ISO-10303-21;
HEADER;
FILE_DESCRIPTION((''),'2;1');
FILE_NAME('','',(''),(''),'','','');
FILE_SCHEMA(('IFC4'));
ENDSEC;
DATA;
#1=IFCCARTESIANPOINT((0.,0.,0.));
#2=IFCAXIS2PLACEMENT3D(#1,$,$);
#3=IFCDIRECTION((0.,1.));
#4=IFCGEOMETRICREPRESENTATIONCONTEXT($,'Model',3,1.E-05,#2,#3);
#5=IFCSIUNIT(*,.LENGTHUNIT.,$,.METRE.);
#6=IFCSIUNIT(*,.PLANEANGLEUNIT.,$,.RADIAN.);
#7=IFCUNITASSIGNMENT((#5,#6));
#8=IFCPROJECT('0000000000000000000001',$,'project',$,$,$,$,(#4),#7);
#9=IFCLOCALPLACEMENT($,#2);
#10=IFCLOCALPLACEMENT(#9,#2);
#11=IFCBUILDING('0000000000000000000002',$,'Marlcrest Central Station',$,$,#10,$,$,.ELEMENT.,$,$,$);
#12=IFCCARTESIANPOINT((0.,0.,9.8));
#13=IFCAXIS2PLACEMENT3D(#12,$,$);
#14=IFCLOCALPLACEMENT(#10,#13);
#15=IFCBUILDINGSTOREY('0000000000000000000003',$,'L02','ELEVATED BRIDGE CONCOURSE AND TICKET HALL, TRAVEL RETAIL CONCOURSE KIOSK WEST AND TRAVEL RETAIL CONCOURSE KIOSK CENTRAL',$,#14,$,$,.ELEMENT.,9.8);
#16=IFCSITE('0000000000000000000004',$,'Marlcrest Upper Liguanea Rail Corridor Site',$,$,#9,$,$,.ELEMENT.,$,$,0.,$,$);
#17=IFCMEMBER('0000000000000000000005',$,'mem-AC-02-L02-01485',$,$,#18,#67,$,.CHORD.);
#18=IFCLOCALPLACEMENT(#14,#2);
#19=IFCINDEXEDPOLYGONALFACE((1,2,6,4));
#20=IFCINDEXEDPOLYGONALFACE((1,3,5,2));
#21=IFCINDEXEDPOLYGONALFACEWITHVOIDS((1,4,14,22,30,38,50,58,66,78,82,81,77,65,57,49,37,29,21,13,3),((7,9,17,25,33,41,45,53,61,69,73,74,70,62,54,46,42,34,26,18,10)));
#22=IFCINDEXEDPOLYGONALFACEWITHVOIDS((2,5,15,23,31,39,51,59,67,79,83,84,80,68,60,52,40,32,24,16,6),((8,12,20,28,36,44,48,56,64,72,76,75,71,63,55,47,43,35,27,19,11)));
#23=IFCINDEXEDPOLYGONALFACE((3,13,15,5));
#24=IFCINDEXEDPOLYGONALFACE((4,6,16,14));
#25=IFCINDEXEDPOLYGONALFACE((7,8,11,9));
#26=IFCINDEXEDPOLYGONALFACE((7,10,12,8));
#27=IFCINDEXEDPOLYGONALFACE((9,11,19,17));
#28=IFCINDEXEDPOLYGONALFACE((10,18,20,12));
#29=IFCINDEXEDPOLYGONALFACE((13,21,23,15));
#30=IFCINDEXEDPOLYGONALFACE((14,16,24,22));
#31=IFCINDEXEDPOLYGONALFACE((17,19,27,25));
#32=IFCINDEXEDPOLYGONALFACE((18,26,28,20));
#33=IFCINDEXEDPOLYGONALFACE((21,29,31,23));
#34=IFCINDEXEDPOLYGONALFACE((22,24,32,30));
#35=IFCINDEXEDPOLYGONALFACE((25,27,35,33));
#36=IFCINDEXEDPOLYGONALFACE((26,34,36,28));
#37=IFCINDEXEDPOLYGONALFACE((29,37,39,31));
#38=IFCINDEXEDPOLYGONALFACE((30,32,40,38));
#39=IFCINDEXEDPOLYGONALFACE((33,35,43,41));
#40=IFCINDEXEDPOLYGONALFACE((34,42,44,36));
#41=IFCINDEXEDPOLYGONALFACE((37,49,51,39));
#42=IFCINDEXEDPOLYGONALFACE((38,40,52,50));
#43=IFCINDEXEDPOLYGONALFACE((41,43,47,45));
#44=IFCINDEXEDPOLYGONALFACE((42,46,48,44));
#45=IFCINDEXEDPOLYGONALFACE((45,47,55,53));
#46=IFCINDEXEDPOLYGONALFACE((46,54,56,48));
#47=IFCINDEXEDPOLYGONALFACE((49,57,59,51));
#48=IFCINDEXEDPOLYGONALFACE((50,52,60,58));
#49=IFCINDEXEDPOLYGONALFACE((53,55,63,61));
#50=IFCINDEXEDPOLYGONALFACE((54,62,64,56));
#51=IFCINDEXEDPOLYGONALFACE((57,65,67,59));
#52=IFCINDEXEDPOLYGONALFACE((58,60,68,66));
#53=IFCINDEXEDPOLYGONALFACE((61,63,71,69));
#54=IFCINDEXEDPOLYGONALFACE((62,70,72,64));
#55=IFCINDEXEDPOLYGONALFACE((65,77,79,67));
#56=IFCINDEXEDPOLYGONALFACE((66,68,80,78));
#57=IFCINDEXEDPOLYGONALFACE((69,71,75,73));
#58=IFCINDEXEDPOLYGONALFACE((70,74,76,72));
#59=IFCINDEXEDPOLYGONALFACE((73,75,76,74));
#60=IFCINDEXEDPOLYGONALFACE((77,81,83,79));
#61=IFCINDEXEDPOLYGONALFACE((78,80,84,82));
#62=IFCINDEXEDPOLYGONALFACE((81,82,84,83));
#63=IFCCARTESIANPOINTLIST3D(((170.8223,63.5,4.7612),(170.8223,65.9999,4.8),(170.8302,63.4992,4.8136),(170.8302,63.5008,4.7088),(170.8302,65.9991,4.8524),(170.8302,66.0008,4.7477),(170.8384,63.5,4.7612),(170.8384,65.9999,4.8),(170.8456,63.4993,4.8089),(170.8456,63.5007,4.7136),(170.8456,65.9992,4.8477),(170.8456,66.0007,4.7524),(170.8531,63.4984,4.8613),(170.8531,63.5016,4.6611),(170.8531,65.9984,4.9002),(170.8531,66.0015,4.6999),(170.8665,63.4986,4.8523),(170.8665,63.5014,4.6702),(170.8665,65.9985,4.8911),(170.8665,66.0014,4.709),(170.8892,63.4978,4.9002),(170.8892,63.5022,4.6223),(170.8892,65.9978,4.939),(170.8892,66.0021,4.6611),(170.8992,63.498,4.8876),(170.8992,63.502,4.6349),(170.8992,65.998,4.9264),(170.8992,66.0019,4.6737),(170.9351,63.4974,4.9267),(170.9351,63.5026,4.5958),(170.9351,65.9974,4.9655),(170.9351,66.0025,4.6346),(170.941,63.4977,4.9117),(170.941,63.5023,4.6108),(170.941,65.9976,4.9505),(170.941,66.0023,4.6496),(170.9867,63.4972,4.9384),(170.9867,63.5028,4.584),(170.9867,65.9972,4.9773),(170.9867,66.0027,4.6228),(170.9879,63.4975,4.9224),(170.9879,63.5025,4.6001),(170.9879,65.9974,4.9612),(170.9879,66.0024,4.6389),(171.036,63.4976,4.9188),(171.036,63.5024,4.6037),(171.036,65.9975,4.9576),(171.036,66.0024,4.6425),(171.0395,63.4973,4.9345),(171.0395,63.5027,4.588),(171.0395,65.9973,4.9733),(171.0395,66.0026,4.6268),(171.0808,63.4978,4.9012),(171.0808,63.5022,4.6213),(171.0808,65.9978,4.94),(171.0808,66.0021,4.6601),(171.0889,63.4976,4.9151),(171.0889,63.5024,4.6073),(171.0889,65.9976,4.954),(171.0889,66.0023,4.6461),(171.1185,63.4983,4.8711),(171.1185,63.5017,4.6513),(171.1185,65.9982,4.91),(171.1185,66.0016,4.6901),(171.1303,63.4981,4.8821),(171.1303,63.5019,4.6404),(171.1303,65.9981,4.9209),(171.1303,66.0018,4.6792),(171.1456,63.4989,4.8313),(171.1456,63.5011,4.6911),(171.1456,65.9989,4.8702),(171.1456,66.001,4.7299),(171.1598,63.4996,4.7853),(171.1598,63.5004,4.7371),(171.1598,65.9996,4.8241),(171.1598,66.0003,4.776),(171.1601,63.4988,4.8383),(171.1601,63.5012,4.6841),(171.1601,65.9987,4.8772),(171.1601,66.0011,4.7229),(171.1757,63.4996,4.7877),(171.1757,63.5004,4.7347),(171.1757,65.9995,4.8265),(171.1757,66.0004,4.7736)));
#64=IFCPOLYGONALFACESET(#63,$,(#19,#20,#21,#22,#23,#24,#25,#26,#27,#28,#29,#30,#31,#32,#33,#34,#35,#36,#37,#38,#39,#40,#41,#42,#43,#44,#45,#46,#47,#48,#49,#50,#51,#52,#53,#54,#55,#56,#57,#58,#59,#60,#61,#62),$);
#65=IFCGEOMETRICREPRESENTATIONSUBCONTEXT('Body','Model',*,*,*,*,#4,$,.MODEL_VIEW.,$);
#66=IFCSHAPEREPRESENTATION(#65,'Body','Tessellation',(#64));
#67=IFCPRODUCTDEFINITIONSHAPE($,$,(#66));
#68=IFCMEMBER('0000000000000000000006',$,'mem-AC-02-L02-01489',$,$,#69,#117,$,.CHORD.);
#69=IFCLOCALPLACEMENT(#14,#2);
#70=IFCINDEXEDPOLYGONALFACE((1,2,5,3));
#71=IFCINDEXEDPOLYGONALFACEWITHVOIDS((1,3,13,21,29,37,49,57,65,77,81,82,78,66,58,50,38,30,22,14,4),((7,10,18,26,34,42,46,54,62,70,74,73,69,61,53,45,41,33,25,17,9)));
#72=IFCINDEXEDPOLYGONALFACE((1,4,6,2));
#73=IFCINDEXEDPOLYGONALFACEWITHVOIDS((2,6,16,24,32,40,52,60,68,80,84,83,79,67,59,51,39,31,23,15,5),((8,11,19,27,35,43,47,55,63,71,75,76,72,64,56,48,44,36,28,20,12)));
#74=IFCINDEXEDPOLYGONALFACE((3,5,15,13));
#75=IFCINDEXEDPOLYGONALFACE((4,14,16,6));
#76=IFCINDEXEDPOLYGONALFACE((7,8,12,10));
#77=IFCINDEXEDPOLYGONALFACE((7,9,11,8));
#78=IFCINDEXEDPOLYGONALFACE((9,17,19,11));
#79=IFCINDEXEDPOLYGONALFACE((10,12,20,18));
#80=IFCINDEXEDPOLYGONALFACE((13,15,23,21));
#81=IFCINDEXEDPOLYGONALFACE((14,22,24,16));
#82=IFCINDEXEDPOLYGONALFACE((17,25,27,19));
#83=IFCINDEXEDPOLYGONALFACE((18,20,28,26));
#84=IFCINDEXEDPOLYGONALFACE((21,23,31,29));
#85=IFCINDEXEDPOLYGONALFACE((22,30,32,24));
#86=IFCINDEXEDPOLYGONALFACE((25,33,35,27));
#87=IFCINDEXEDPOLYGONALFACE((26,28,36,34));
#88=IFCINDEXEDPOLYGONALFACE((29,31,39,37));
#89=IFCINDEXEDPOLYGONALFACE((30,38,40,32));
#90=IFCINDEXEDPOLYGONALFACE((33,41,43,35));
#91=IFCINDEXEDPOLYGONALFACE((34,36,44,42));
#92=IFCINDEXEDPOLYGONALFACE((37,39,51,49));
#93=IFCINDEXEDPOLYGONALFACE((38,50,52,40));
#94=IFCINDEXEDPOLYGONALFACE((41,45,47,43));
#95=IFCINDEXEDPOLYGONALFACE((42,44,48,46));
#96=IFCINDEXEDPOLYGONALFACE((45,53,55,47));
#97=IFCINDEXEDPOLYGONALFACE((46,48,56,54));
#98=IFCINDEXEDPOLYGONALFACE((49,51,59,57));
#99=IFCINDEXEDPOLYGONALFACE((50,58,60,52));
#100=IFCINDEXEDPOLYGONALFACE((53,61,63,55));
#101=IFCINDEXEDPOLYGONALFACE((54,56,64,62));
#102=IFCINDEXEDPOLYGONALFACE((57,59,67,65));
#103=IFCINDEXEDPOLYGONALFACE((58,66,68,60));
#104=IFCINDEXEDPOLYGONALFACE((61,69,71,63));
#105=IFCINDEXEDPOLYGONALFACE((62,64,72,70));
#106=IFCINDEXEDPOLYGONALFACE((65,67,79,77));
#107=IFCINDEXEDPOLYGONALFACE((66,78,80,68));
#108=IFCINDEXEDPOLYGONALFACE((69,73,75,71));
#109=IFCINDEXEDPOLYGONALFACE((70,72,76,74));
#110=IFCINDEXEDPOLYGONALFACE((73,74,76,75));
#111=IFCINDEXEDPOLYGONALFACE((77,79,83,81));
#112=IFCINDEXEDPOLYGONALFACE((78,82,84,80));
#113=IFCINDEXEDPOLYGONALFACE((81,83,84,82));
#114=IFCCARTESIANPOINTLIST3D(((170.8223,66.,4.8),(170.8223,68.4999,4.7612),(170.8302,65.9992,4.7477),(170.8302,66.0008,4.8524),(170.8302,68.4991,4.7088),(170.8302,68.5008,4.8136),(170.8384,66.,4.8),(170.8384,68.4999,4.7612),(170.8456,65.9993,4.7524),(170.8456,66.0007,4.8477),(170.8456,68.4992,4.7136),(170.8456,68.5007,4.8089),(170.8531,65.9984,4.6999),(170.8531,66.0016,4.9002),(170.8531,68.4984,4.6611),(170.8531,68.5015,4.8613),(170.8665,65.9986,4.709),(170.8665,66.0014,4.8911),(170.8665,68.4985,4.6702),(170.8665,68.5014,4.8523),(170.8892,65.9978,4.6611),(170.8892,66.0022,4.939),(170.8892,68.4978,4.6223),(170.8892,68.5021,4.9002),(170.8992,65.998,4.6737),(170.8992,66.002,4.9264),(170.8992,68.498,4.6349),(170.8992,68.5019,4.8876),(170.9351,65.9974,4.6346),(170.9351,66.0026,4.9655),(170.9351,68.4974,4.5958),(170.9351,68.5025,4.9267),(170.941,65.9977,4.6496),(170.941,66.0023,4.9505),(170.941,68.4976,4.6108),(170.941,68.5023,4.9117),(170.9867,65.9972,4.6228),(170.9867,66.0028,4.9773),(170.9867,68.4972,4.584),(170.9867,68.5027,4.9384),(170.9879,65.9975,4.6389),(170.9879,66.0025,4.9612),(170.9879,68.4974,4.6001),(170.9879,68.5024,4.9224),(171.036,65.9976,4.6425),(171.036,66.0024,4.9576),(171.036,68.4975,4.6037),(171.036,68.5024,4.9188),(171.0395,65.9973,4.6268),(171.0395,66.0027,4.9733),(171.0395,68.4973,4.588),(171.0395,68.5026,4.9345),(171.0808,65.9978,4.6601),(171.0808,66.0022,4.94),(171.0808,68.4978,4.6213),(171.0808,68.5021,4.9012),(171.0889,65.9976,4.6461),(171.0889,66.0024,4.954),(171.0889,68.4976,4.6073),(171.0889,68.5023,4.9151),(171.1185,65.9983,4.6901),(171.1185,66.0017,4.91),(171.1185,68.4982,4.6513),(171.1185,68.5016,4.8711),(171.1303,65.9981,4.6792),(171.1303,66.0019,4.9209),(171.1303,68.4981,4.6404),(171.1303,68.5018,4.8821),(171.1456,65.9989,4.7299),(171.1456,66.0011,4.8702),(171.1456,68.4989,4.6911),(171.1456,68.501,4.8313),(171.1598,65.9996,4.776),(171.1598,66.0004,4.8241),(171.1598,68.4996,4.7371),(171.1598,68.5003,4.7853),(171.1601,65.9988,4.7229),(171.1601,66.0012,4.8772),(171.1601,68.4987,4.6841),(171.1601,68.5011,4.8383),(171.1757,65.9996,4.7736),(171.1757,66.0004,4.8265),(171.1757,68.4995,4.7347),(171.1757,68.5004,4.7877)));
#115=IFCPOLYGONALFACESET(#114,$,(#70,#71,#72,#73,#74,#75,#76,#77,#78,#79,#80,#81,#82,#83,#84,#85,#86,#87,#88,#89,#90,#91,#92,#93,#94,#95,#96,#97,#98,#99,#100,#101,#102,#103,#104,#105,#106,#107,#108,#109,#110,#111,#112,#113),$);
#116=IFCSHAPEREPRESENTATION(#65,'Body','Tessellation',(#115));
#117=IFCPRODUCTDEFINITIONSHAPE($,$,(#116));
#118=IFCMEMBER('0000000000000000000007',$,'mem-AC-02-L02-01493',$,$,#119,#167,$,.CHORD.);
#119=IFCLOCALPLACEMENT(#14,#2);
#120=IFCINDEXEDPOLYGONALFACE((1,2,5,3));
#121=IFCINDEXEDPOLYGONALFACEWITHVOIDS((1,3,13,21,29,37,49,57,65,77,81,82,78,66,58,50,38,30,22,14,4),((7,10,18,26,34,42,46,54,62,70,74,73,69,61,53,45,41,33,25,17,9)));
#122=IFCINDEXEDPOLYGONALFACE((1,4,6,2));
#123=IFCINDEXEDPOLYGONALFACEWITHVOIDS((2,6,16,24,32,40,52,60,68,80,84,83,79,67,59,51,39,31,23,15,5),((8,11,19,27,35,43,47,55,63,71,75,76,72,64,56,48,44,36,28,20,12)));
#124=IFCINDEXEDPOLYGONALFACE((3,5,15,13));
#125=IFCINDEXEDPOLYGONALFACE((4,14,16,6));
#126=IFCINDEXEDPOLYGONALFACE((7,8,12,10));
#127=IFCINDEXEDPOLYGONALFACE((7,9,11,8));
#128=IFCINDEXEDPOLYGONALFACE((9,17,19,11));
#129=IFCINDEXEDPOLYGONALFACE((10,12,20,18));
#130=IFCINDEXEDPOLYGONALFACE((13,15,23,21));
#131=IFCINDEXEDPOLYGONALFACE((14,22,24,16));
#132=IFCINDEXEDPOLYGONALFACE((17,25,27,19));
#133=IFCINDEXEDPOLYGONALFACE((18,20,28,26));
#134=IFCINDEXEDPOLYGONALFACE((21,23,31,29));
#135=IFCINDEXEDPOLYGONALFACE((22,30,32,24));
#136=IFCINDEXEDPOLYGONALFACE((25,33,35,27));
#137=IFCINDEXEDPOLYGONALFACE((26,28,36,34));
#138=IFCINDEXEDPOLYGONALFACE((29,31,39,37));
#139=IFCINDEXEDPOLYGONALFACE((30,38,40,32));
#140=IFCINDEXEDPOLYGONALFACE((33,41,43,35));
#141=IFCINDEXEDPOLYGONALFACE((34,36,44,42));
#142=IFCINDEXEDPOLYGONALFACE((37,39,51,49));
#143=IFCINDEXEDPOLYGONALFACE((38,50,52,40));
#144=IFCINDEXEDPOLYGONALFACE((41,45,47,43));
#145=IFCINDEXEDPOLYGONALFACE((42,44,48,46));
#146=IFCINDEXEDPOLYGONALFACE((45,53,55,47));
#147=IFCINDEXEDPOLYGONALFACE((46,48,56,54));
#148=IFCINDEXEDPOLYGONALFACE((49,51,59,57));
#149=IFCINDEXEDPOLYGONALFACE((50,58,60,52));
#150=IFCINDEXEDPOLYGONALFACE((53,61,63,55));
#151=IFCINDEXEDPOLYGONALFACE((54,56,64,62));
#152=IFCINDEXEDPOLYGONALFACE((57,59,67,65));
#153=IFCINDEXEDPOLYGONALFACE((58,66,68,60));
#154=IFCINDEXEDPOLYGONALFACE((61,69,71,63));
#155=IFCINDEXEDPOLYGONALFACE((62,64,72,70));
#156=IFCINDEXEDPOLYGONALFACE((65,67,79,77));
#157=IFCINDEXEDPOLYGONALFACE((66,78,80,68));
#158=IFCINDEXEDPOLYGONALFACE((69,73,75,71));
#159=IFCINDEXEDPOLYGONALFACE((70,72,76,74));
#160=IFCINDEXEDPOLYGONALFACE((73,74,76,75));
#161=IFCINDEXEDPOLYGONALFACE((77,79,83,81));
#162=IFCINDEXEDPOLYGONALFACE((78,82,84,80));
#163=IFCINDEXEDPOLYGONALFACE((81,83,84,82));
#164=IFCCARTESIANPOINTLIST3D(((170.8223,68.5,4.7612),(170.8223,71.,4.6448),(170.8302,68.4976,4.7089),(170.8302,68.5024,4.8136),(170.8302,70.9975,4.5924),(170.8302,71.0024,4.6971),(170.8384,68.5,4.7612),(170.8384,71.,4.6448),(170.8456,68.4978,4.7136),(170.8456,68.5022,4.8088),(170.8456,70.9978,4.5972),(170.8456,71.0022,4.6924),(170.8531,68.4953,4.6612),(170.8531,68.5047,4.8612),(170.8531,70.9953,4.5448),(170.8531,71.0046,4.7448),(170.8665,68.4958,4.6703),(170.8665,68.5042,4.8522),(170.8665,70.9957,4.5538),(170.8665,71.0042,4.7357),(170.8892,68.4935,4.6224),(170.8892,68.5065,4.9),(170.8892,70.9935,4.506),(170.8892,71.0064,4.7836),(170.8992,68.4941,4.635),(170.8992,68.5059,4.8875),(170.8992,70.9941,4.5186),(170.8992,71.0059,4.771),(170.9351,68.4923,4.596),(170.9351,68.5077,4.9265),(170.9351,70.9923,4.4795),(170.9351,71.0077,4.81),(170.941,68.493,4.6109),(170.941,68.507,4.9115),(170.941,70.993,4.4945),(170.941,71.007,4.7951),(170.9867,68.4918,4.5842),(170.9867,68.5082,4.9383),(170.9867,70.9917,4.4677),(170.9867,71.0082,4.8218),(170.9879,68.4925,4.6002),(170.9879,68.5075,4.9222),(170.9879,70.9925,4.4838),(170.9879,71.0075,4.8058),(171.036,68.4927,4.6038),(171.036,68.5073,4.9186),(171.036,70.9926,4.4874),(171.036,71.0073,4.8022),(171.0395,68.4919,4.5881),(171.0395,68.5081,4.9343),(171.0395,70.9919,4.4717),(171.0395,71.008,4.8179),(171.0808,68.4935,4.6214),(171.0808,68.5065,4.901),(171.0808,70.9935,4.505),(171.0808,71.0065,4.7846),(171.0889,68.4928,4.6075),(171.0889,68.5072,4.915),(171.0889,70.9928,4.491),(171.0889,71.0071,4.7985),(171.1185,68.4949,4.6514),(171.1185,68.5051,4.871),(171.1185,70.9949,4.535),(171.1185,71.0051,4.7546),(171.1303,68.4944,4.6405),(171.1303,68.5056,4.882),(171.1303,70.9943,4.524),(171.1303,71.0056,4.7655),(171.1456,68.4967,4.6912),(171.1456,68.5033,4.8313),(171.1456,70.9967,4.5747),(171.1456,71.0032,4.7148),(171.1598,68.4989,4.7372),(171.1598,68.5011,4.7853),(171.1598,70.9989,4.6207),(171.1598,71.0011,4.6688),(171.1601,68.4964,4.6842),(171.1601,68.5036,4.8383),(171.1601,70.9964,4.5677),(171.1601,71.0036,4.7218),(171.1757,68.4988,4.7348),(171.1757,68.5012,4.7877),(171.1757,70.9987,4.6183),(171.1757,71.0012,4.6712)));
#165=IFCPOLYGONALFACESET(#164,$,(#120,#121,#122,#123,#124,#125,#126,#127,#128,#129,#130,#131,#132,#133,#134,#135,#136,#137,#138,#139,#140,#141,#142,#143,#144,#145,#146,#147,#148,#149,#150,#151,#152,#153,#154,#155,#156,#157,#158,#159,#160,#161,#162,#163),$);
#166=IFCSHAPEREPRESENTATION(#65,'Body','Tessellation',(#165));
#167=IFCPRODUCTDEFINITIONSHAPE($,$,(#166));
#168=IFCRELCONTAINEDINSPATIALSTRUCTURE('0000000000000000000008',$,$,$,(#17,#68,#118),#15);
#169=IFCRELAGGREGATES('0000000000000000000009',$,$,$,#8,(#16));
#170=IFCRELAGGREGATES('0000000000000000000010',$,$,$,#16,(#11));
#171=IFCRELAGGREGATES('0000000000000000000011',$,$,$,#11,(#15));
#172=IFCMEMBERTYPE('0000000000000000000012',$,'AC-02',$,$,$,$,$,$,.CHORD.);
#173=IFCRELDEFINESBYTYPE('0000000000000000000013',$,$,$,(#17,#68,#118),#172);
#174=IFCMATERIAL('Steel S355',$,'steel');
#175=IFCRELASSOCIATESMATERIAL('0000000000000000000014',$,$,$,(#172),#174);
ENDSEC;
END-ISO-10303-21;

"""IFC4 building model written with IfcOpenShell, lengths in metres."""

from ifc_helpers import new_model, si_unit, direction, frame, origin, origin_2d, place, context, subcontext, project, spatial, hollow_circle, extrude, material, material_profile, profile_set, type_object, element, save


model = new_model("IFC4")

# Units and contexts
model_context = context("Model", 3, precision=1e-05, world=origin(), true_north=direction((0.0, 1.0)))
body_context = subcontext(model_context, "Body", "Model", "MODEL_VIEW")
ifc_project = project(units=[si_unit("LENGTHUNIT", "METRE"), si_unit("PLANEANGLEUNIT", "RADIAN")], contexts=[model_context])

# Site, building, storey
site_placement = place(None, origin())
site = spatial("IfcSite", under=ifc_project, at=site_placement, Name="Marlcrest Upper Liguanea Rail Corridor Site", CompositionType="ELEMENT", RefElevation=0.0)
building_placement = place(site_placement, origin())
building = spatial("IfcBuilding", under=site, at=building_placement, Name="Marlcrest Central Station", CompositionType="ELEMENT")
storey_placement = place(building_placement, frame((0.0, 0.0, 9.8)))
storey = spatial("IfcBuildingStorey", under=building, at=storey_placement, Name="L02", Description="ELEVATED BRIDGE CONCOURSE AND TICKET HALL, TRAVEL RETAIL CONCOURSE KIOSK WEST AND TRAVEL RETAIL CONCOURSE KIOSK CENTRAL", CompositionType="ELEMENT", Elevation=9.8)

# Members
ifc_material = material(Name="Steel S355", Category="steel")
ifc_material_profile_1 = material_profile(ifc_material, hollow_circle(Radius=0.1777, WallThickness=0.0161, at=origin_2d()), Name="CHS 355.6x16")
ifc_profile_set_1 = profile_set([ifc_material_profile_1], Name="Steel S355")
member_type_1 = type_object("IfcMemberType", Name="AC-02", PredefinedType="CHORD", material=ifc_profile_set_1)
for number, where, z_axis, x_axis, name in (
    (1, (171.0, 63.5, 4.7612), (0.0, 0.999879, 0.015525), (-1.0, 0.0, 0.0), "mem-AC-02-L02-01485"),
    (2, (171.0, 66.0, 4.8), (0.0, 0.999879, -0.015525), (-1.0, 0.0, 0.0), "mem-AC-02-L02-01489"),
):
    element("IfcMember", number, at=place(storey_placement, frame(where, z_axis=z_axis, x_axis=x_axis)), inside=storey, type_object=member_type_1, Name=name, PredefinedType="CHORD", context=body_context, shape_type="SweptSolid", body=[
        extrude(hollow_circle(Radius=0.1777, WallThickness=0.0161, at=origin_2d()), origin(), (0.0, 0.0, 1.0), 2.5002),
    ])
member_placement = place(storey_placement, frame((171.0, 68.5, 4.7612), z_axis=(0.0, 0.998917, -0.046532), x_axis=(-1.0, 0.0, 0.0)))
element("IfcMember", 3, at=member_placement, inside=storey, type_object=member_type_1, Name="mem-AC-02-L02-01493", PredefinedType="CHORD", context=body_context, shape_type="SweptSolid", body=[
    extrude(hollow_circle(Radius=0.1777, WallThickness=0.0161, at=origin_2d()), origin(), (0.0, 0.0, 1.0), 2.5027),
])

save(model, "model.ifc")
